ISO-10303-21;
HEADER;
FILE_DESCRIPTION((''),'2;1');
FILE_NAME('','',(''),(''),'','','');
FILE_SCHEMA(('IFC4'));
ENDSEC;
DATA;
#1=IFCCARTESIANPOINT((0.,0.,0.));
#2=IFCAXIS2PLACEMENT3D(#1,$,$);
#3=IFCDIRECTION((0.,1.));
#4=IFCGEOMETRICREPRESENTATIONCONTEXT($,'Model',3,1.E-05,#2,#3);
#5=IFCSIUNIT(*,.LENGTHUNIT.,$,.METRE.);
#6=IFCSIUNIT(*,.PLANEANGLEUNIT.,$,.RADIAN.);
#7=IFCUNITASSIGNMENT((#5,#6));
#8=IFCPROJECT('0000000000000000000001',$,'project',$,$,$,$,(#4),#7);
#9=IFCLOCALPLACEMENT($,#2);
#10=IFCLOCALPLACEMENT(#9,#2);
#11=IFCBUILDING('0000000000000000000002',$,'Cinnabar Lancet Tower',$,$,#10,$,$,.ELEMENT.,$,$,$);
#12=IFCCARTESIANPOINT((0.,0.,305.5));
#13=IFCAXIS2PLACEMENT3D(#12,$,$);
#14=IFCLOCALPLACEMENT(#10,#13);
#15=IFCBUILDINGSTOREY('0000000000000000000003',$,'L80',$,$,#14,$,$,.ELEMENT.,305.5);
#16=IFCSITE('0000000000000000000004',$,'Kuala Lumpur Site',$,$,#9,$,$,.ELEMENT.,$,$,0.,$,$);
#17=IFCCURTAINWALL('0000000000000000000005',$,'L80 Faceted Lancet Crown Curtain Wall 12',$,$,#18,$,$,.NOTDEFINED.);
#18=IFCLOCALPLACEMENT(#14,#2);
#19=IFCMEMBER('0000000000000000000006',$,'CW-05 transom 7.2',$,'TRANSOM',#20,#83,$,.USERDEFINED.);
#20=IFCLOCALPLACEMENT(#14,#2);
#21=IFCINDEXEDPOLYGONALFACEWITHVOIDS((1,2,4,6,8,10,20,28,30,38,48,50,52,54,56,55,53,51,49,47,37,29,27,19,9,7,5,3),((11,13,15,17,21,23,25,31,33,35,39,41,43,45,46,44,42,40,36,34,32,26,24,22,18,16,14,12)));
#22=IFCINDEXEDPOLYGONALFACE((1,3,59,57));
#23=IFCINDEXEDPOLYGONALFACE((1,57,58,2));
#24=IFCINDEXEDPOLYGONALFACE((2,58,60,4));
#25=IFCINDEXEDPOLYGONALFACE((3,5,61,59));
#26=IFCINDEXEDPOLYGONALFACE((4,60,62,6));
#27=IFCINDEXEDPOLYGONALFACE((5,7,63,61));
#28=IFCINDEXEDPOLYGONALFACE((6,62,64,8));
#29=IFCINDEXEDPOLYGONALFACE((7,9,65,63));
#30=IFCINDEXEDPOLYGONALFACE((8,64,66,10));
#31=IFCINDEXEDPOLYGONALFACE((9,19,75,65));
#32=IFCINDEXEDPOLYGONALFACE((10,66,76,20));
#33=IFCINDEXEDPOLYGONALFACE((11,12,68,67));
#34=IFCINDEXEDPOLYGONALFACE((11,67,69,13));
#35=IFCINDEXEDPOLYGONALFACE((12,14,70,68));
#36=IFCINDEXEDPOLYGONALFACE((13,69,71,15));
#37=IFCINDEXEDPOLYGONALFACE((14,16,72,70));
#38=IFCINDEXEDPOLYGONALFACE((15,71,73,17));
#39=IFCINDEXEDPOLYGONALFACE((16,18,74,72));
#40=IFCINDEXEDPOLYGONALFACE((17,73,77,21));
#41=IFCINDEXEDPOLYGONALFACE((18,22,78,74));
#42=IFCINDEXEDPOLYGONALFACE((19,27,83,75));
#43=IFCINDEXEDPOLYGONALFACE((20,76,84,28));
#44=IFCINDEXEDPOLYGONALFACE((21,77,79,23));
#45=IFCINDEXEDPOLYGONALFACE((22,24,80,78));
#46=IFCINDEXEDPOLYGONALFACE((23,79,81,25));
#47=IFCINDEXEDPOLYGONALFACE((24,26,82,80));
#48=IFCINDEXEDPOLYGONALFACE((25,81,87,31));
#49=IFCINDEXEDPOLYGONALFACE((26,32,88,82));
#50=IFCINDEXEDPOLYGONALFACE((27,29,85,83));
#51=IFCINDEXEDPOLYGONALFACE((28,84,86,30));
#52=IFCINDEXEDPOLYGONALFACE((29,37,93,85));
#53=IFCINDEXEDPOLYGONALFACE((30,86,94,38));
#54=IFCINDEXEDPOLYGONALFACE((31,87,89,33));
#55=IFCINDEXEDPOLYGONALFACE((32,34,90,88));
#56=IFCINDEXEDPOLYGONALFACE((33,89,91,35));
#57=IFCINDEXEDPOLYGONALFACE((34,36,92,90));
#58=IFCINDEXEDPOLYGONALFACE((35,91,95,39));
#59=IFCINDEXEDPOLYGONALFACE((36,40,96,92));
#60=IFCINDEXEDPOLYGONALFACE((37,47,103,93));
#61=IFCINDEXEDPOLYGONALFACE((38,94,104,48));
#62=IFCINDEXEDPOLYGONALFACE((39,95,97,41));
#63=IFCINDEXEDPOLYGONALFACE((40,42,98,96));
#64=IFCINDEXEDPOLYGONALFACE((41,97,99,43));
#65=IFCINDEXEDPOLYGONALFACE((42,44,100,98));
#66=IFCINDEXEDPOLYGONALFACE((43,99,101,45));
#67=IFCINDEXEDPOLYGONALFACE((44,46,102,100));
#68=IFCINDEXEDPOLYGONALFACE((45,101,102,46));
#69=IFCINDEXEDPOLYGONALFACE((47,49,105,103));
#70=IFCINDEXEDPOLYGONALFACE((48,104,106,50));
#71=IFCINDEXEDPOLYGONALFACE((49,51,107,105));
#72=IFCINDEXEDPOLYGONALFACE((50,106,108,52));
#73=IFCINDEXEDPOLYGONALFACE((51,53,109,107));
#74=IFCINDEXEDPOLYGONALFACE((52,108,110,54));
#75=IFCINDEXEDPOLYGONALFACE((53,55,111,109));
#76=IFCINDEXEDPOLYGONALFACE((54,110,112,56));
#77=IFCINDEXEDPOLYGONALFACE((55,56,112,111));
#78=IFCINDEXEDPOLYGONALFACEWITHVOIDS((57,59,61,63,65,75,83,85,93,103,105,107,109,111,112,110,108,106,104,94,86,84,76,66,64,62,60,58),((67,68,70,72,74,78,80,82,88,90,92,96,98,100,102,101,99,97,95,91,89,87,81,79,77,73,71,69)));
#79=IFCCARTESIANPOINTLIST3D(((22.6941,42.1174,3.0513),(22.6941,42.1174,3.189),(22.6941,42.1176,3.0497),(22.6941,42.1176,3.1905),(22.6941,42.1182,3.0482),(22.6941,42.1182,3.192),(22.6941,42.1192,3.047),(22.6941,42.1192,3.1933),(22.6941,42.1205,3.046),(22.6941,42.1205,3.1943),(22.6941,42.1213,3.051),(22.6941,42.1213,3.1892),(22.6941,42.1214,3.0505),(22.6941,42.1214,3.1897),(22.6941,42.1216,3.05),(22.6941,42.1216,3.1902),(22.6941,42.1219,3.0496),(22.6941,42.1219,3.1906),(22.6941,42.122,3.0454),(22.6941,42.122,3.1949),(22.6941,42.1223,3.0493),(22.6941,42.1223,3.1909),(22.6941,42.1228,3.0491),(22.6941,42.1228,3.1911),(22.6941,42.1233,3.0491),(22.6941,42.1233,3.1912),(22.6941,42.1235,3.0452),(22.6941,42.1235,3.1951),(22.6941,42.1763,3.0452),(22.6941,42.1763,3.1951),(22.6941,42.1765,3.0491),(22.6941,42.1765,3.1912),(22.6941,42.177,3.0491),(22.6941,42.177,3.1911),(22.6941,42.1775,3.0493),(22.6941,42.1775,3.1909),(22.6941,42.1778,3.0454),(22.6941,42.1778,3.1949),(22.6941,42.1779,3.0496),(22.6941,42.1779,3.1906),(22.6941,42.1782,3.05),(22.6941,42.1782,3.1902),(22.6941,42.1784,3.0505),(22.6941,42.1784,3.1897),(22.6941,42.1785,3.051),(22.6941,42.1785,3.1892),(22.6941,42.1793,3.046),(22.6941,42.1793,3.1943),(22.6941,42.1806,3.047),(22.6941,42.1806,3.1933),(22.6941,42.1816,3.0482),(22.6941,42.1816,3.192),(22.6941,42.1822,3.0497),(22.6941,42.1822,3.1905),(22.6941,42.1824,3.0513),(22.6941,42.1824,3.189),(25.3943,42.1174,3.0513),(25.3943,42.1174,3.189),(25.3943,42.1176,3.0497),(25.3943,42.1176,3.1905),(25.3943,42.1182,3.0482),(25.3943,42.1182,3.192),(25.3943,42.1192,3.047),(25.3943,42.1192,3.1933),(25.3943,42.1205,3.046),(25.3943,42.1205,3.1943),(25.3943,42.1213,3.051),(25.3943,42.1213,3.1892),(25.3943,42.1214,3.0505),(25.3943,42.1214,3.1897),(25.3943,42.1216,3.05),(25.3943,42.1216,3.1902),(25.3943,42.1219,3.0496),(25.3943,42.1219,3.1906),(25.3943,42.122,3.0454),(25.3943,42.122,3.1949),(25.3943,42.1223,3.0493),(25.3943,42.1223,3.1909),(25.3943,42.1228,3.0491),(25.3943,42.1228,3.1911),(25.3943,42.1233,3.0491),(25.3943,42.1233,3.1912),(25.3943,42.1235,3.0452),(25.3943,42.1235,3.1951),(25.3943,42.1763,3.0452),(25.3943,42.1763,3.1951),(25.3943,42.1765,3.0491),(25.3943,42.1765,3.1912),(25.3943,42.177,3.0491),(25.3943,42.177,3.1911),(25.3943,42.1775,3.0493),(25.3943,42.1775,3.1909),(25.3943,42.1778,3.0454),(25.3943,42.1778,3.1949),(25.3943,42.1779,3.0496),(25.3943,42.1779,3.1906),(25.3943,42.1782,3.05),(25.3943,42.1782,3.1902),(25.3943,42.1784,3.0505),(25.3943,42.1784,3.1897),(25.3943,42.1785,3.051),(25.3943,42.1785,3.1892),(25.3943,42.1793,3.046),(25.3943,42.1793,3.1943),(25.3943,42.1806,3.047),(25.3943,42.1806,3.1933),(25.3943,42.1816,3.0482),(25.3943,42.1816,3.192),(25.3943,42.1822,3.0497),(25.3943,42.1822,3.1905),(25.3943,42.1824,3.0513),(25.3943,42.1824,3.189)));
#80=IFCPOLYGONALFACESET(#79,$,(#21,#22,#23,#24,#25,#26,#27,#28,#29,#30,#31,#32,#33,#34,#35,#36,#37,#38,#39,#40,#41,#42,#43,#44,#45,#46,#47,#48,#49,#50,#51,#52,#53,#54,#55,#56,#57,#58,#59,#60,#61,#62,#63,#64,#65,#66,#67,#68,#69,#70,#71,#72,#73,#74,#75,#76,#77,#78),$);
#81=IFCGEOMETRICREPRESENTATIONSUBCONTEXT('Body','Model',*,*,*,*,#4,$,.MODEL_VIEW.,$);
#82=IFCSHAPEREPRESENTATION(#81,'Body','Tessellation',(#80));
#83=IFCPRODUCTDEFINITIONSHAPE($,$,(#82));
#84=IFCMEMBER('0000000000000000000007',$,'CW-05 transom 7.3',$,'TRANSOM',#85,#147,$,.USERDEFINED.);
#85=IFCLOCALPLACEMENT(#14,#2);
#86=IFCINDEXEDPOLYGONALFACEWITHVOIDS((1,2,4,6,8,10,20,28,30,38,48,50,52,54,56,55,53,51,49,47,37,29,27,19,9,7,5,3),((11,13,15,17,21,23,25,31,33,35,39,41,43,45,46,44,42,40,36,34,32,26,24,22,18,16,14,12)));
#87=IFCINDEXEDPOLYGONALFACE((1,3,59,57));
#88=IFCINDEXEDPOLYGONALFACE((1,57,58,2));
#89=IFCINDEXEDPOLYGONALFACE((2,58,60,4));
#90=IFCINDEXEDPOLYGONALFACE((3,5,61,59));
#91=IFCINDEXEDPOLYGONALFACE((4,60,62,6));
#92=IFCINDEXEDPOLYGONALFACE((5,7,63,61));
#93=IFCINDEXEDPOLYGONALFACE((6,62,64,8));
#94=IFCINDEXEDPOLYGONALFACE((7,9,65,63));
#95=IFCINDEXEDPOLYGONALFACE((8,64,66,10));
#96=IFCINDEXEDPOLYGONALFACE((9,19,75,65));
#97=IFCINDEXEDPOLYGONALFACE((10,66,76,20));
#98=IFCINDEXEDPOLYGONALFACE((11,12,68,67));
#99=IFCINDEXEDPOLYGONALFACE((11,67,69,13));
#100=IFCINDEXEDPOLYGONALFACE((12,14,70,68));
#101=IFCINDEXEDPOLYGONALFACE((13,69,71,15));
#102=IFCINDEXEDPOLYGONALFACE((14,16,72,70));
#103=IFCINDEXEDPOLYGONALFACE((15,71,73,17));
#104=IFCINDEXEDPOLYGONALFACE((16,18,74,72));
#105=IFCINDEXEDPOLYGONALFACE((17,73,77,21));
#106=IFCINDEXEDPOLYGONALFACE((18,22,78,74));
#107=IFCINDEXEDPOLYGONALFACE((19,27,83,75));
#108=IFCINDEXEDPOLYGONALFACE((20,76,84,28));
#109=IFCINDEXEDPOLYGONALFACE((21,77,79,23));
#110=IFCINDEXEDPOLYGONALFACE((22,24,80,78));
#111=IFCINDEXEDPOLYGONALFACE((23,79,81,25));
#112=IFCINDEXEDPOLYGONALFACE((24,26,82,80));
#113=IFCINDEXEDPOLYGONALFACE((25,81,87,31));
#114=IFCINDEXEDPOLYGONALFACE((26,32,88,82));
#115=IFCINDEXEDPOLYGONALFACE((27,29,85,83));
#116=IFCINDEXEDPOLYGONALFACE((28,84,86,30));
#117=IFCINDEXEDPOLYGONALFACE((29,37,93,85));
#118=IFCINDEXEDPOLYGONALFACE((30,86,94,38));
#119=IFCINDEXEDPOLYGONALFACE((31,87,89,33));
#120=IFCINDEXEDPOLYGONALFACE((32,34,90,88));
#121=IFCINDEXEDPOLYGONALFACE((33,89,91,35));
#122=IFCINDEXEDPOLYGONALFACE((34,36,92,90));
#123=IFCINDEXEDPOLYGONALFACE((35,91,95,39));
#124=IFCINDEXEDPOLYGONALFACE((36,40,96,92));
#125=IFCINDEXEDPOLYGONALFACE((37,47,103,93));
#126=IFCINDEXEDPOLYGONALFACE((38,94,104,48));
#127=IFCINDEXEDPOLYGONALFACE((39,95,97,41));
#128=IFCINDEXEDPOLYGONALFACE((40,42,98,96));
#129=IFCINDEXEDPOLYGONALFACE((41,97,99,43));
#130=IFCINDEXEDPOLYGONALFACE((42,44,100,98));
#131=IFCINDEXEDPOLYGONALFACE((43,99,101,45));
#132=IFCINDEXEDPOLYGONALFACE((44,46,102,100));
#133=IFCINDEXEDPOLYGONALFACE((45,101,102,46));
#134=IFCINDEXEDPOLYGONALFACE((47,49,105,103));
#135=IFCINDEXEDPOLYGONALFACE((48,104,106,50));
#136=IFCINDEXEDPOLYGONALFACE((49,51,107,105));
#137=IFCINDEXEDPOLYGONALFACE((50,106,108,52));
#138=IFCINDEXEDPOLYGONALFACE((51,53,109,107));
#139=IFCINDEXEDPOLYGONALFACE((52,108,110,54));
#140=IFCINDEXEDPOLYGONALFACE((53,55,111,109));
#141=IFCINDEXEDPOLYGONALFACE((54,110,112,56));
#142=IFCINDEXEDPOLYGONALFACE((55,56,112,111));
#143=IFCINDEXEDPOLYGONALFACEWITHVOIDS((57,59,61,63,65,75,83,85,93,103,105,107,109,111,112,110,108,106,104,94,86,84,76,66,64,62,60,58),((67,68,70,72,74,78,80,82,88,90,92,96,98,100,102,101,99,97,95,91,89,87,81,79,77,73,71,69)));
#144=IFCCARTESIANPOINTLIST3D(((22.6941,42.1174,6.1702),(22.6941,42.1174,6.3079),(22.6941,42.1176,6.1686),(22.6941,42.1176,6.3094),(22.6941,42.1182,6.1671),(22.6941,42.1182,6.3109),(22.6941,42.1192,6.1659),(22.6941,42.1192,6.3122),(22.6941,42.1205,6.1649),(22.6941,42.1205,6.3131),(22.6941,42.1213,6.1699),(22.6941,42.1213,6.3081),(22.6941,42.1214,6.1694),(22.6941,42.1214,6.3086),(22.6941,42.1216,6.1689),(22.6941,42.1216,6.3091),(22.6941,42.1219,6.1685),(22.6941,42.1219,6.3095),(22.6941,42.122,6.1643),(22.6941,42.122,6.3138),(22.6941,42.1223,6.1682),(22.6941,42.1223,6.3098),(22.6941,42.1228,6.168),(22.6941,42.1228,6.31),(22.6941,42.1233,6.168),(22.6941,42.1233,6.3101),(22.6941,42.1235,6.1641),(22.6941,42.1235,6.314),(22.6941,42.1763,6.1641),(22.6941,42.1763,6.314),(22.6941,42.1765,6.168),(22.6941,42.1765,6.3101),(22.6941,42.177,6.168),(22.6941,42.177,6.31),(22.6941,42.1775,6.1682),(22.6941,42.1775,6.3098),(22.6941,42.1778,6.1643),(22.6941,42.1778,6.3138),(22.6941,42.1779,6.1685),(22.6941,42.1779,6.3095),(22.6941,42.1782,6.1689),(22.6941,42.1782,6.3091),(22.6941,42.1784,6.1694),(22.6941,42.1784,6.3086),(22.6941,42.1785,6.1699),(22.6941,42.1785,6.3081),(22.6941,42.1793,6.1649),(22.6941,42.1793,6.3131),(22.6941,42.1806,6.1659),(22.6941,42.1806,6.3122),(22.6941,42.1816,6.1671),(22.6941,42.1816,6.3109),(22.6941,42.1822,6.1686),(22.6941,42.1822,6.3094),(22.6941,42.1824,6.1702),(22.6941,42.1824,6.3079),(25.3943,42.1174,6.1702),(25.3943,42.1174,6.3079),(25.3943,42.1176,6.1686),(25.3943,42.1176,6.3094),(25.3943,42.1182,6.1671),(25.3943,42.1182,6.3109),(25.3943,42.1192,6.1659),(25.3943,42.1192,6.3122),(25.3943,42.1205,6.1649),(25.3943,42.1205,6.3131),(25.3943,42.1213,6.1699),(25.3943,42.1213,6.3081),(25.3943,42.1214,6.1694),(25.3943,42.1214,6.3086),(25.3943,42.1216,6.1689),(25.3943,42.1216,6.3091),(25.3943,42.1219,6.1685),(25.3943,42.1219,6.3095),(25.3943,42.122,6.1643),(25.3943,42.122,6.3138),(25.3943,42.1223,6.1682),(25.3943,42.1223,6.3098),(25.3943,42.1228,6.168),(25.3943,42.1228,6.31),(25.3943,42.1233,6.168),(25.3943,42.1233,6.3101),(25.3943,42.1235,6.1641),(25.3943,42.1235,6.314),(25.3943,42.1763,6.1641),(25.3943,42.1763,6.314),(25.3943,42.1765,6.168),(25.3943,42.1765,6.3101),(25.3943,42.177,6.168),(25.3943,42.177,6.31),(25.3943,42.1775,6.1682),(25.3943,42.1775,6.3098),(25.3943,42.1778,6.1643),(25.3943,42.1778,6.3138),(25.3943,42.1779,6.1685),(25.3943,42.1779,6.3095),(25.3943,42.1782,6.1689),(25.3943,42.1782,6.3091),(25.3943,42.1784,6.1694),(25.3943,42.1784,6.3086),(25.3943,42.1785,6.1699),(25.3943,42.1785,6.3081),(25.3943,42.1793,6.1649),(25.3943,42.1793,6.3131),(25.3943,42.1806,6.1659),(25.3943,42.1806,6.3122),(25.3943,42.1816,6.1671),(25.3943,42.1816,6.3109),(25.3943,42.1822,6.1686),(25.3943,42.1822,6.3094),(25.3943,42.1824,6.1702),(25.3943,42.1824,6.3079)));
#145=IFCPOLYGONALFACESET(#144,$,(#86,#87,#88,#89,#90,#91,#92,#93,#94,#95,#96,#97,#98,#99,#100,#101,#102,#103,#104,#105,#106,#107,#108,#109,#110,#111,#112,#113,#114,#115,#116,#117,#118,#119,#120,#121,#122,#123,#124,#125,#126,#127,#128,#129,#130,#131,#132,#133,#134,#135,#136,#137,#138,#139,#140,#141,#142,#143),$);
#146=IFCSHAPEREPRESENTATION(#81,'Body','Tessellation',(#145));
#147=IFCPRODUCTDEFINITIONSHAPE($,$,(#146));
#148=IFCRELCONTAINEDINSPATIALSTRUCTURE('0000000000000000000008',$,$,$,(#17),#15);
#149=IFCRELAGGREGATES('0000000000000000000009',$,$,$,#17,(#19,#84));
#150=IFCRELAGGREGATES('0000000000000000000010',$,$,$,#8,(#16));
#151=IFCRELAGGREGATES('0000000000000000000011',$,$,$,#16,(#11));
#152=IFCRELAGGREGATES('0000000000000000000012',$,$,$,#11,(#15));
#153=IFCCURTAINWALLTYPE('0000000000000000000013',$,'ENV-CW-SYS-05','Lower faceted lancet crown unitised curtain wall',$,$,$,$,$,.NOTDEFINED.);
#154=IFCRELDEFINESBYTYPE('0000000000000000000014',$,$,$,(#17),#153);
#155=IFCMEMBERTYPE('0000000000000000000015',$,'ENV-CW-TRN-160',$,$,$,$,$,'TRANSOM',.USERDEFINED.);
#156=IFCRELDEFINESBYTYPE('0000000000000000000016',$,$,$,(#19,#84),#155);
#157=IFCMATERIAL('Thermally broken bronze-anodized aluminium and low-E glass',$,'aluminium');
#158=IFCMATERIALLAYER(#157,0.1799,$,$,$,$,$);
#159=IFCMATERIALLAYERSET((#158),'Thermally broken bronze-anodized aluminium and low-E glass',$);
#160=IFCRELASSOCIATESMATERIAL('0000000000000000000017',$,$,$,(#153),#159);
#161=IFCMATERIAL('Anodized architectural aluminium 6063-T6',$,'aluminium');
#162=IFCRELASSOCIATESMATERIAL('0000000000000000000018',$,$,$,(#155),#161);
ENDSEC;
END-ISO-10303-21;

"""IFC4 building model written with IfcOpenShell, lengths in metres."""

from ifc_helpers import new_model, si_unit, direction, frame, origin, origin_2d, place, context, subcontext, project, spatial, hollow_rectangle, extrude, material, layer, layer_set, material_profile, profile_set, type_object, element, aggregate, save


model = new_model("IFC4")

# Units and contexts
model_context = context("Model", 3, precision=1e-05, world=origin(), true_north=direction((0.0, 1.0)))
body_context = subcontext(model_context, "Body", "Model", "MODEL_VIEW")
ifc_project = project(units=[si_unit("LENGTHUNIT", "METRE"), si_unit("PLANEANGLEUNIT", "RADIAN")], contexts=[model_context])

# Site, building, storey
site_placement = place(None, origin())
site = spatial("IfcSite", under=ifc_project, at=site_placement, Name="Kuala Lumpur Site", CompositionType="ELEMENT", RefElevation=0.0)
building_placement = place(site_placement, origin())
building = spatial("IfcBuilding", under=site, at=building_placement, Name="Cinnabar Lancet Tower", CompositionType="ELEMENT")
storey_placement = place(building_placement, frame((0.0, 0.0, 305.5)))
storey = spatial("IfcBuildingStorey", under=building, at=storey_placement, Name="L80", CompositionType="ELEMENT", Elevation=305.5)

# Curtain wall
ifc_material_1 = material(Name="Thermally broken bronze-anodized aluminium and low-E glass", Category="aluminium")
ifc_layer_1 = layer(ifc_material_1, 0.1799)
ifc_layer_set_1 = layer_set([ifc_layer_1], Name="Thermally broken bronze-anodized aluminium and low-E glass")
curtain_wall_type = type_object("IfcCurtainWallType", Name="ENV-CW-SYS-05", Description="Lower faceted lancet crown unitised curtain wall", PredefinedType="NOTDEFINED", material=ifc_layer_set_1)
curtain_wall_1_placement = place(storey_placement, origin())
curtain_wall_1 = element("IfcCurtainWall", 1, at=curtain_wall_1_placement, inside=storey, type_object=curtain_wall_type, Name="L80 Faceted Lancet Crown Curtain Wall 12", PredefinedType="NOTDEFINED")

# Members
ifc_material_2 = material(Name="Anodized architectural aluminium 6063-T6", Category="aluminium")
ifc_material_profile_1 = material_profile(ifc_material_2, hollow_rectangle(XDim=0.0649, YDim=0.1499, WallThickness=0.0039, InnerFilletRadius=0.002, OuterFilletRadius=0.0061, at=origin_2d()), Name="CW-TRN 150x65x4")
ifc_profile_set_1 = profile_set([ifc_material_profile_1], Name="Anodized architectural aluminium 6063-T6")
member_type_1 = type_object("IfcMemberType", Name="ENV-CW-TRN-160", ElementType="TRANSOM", PredefinedType="USERDEFINED", material=ifc_profile_set_1)
member_1_placement = place(storey_placement, frame((25.3943, 42.1499, 3.1201), z_axis=(-1.0, 0.0, 0.0), x_axis=(0.0, -1.0, 0.0)))
member_1 = element("IfcMember", 2, at=member_1_placement, type_object=member_type_1, Name="CW-05 transom 7.2", ObjectType="TRANSOM", PredefinedType="USERDEFINED", context=body_context, shape_type="SweptSolid", body=[
    extrude(hollow_rectangle(XDim=0.0649, YDim=0.1499, WallThickness=0.0039, InnerFilletRadius=0.002, OuterFilletRadius=0.0061, at=origin_2d()), origin(), (0.0, 0.0, 1.0), 2.7002),
])
member_2_placement = place(storey_placement, frame((25.3943, 42.1499, 6.239), z_axis=(-1.0, 0.0, 0.0), x_axis=(0.0, -1.0, 0.0)))
member_2 = element("IfcMember", 3, at=member_2_placement, type_object=member_type_1, Name="CW-05 transom 7.3", ObjectType="TRANSOM", PredefinedType="USERDEFINED", context=body_context, shape_type="SweptSolid", body=[
    extrude(hollow_rectangle(XDim=0.0649, YDim=0.1499, WallThickness=0.0039, InnerFilletRadius=0.002, OuterFilletRadius=0.0061, at=origin_2d()), origin(), (0.0, 0.0, 1.0), 2.7002),
])

aggregate(curtain_wall_1, [member_1, member_2])

save(model, "model.ifc")
